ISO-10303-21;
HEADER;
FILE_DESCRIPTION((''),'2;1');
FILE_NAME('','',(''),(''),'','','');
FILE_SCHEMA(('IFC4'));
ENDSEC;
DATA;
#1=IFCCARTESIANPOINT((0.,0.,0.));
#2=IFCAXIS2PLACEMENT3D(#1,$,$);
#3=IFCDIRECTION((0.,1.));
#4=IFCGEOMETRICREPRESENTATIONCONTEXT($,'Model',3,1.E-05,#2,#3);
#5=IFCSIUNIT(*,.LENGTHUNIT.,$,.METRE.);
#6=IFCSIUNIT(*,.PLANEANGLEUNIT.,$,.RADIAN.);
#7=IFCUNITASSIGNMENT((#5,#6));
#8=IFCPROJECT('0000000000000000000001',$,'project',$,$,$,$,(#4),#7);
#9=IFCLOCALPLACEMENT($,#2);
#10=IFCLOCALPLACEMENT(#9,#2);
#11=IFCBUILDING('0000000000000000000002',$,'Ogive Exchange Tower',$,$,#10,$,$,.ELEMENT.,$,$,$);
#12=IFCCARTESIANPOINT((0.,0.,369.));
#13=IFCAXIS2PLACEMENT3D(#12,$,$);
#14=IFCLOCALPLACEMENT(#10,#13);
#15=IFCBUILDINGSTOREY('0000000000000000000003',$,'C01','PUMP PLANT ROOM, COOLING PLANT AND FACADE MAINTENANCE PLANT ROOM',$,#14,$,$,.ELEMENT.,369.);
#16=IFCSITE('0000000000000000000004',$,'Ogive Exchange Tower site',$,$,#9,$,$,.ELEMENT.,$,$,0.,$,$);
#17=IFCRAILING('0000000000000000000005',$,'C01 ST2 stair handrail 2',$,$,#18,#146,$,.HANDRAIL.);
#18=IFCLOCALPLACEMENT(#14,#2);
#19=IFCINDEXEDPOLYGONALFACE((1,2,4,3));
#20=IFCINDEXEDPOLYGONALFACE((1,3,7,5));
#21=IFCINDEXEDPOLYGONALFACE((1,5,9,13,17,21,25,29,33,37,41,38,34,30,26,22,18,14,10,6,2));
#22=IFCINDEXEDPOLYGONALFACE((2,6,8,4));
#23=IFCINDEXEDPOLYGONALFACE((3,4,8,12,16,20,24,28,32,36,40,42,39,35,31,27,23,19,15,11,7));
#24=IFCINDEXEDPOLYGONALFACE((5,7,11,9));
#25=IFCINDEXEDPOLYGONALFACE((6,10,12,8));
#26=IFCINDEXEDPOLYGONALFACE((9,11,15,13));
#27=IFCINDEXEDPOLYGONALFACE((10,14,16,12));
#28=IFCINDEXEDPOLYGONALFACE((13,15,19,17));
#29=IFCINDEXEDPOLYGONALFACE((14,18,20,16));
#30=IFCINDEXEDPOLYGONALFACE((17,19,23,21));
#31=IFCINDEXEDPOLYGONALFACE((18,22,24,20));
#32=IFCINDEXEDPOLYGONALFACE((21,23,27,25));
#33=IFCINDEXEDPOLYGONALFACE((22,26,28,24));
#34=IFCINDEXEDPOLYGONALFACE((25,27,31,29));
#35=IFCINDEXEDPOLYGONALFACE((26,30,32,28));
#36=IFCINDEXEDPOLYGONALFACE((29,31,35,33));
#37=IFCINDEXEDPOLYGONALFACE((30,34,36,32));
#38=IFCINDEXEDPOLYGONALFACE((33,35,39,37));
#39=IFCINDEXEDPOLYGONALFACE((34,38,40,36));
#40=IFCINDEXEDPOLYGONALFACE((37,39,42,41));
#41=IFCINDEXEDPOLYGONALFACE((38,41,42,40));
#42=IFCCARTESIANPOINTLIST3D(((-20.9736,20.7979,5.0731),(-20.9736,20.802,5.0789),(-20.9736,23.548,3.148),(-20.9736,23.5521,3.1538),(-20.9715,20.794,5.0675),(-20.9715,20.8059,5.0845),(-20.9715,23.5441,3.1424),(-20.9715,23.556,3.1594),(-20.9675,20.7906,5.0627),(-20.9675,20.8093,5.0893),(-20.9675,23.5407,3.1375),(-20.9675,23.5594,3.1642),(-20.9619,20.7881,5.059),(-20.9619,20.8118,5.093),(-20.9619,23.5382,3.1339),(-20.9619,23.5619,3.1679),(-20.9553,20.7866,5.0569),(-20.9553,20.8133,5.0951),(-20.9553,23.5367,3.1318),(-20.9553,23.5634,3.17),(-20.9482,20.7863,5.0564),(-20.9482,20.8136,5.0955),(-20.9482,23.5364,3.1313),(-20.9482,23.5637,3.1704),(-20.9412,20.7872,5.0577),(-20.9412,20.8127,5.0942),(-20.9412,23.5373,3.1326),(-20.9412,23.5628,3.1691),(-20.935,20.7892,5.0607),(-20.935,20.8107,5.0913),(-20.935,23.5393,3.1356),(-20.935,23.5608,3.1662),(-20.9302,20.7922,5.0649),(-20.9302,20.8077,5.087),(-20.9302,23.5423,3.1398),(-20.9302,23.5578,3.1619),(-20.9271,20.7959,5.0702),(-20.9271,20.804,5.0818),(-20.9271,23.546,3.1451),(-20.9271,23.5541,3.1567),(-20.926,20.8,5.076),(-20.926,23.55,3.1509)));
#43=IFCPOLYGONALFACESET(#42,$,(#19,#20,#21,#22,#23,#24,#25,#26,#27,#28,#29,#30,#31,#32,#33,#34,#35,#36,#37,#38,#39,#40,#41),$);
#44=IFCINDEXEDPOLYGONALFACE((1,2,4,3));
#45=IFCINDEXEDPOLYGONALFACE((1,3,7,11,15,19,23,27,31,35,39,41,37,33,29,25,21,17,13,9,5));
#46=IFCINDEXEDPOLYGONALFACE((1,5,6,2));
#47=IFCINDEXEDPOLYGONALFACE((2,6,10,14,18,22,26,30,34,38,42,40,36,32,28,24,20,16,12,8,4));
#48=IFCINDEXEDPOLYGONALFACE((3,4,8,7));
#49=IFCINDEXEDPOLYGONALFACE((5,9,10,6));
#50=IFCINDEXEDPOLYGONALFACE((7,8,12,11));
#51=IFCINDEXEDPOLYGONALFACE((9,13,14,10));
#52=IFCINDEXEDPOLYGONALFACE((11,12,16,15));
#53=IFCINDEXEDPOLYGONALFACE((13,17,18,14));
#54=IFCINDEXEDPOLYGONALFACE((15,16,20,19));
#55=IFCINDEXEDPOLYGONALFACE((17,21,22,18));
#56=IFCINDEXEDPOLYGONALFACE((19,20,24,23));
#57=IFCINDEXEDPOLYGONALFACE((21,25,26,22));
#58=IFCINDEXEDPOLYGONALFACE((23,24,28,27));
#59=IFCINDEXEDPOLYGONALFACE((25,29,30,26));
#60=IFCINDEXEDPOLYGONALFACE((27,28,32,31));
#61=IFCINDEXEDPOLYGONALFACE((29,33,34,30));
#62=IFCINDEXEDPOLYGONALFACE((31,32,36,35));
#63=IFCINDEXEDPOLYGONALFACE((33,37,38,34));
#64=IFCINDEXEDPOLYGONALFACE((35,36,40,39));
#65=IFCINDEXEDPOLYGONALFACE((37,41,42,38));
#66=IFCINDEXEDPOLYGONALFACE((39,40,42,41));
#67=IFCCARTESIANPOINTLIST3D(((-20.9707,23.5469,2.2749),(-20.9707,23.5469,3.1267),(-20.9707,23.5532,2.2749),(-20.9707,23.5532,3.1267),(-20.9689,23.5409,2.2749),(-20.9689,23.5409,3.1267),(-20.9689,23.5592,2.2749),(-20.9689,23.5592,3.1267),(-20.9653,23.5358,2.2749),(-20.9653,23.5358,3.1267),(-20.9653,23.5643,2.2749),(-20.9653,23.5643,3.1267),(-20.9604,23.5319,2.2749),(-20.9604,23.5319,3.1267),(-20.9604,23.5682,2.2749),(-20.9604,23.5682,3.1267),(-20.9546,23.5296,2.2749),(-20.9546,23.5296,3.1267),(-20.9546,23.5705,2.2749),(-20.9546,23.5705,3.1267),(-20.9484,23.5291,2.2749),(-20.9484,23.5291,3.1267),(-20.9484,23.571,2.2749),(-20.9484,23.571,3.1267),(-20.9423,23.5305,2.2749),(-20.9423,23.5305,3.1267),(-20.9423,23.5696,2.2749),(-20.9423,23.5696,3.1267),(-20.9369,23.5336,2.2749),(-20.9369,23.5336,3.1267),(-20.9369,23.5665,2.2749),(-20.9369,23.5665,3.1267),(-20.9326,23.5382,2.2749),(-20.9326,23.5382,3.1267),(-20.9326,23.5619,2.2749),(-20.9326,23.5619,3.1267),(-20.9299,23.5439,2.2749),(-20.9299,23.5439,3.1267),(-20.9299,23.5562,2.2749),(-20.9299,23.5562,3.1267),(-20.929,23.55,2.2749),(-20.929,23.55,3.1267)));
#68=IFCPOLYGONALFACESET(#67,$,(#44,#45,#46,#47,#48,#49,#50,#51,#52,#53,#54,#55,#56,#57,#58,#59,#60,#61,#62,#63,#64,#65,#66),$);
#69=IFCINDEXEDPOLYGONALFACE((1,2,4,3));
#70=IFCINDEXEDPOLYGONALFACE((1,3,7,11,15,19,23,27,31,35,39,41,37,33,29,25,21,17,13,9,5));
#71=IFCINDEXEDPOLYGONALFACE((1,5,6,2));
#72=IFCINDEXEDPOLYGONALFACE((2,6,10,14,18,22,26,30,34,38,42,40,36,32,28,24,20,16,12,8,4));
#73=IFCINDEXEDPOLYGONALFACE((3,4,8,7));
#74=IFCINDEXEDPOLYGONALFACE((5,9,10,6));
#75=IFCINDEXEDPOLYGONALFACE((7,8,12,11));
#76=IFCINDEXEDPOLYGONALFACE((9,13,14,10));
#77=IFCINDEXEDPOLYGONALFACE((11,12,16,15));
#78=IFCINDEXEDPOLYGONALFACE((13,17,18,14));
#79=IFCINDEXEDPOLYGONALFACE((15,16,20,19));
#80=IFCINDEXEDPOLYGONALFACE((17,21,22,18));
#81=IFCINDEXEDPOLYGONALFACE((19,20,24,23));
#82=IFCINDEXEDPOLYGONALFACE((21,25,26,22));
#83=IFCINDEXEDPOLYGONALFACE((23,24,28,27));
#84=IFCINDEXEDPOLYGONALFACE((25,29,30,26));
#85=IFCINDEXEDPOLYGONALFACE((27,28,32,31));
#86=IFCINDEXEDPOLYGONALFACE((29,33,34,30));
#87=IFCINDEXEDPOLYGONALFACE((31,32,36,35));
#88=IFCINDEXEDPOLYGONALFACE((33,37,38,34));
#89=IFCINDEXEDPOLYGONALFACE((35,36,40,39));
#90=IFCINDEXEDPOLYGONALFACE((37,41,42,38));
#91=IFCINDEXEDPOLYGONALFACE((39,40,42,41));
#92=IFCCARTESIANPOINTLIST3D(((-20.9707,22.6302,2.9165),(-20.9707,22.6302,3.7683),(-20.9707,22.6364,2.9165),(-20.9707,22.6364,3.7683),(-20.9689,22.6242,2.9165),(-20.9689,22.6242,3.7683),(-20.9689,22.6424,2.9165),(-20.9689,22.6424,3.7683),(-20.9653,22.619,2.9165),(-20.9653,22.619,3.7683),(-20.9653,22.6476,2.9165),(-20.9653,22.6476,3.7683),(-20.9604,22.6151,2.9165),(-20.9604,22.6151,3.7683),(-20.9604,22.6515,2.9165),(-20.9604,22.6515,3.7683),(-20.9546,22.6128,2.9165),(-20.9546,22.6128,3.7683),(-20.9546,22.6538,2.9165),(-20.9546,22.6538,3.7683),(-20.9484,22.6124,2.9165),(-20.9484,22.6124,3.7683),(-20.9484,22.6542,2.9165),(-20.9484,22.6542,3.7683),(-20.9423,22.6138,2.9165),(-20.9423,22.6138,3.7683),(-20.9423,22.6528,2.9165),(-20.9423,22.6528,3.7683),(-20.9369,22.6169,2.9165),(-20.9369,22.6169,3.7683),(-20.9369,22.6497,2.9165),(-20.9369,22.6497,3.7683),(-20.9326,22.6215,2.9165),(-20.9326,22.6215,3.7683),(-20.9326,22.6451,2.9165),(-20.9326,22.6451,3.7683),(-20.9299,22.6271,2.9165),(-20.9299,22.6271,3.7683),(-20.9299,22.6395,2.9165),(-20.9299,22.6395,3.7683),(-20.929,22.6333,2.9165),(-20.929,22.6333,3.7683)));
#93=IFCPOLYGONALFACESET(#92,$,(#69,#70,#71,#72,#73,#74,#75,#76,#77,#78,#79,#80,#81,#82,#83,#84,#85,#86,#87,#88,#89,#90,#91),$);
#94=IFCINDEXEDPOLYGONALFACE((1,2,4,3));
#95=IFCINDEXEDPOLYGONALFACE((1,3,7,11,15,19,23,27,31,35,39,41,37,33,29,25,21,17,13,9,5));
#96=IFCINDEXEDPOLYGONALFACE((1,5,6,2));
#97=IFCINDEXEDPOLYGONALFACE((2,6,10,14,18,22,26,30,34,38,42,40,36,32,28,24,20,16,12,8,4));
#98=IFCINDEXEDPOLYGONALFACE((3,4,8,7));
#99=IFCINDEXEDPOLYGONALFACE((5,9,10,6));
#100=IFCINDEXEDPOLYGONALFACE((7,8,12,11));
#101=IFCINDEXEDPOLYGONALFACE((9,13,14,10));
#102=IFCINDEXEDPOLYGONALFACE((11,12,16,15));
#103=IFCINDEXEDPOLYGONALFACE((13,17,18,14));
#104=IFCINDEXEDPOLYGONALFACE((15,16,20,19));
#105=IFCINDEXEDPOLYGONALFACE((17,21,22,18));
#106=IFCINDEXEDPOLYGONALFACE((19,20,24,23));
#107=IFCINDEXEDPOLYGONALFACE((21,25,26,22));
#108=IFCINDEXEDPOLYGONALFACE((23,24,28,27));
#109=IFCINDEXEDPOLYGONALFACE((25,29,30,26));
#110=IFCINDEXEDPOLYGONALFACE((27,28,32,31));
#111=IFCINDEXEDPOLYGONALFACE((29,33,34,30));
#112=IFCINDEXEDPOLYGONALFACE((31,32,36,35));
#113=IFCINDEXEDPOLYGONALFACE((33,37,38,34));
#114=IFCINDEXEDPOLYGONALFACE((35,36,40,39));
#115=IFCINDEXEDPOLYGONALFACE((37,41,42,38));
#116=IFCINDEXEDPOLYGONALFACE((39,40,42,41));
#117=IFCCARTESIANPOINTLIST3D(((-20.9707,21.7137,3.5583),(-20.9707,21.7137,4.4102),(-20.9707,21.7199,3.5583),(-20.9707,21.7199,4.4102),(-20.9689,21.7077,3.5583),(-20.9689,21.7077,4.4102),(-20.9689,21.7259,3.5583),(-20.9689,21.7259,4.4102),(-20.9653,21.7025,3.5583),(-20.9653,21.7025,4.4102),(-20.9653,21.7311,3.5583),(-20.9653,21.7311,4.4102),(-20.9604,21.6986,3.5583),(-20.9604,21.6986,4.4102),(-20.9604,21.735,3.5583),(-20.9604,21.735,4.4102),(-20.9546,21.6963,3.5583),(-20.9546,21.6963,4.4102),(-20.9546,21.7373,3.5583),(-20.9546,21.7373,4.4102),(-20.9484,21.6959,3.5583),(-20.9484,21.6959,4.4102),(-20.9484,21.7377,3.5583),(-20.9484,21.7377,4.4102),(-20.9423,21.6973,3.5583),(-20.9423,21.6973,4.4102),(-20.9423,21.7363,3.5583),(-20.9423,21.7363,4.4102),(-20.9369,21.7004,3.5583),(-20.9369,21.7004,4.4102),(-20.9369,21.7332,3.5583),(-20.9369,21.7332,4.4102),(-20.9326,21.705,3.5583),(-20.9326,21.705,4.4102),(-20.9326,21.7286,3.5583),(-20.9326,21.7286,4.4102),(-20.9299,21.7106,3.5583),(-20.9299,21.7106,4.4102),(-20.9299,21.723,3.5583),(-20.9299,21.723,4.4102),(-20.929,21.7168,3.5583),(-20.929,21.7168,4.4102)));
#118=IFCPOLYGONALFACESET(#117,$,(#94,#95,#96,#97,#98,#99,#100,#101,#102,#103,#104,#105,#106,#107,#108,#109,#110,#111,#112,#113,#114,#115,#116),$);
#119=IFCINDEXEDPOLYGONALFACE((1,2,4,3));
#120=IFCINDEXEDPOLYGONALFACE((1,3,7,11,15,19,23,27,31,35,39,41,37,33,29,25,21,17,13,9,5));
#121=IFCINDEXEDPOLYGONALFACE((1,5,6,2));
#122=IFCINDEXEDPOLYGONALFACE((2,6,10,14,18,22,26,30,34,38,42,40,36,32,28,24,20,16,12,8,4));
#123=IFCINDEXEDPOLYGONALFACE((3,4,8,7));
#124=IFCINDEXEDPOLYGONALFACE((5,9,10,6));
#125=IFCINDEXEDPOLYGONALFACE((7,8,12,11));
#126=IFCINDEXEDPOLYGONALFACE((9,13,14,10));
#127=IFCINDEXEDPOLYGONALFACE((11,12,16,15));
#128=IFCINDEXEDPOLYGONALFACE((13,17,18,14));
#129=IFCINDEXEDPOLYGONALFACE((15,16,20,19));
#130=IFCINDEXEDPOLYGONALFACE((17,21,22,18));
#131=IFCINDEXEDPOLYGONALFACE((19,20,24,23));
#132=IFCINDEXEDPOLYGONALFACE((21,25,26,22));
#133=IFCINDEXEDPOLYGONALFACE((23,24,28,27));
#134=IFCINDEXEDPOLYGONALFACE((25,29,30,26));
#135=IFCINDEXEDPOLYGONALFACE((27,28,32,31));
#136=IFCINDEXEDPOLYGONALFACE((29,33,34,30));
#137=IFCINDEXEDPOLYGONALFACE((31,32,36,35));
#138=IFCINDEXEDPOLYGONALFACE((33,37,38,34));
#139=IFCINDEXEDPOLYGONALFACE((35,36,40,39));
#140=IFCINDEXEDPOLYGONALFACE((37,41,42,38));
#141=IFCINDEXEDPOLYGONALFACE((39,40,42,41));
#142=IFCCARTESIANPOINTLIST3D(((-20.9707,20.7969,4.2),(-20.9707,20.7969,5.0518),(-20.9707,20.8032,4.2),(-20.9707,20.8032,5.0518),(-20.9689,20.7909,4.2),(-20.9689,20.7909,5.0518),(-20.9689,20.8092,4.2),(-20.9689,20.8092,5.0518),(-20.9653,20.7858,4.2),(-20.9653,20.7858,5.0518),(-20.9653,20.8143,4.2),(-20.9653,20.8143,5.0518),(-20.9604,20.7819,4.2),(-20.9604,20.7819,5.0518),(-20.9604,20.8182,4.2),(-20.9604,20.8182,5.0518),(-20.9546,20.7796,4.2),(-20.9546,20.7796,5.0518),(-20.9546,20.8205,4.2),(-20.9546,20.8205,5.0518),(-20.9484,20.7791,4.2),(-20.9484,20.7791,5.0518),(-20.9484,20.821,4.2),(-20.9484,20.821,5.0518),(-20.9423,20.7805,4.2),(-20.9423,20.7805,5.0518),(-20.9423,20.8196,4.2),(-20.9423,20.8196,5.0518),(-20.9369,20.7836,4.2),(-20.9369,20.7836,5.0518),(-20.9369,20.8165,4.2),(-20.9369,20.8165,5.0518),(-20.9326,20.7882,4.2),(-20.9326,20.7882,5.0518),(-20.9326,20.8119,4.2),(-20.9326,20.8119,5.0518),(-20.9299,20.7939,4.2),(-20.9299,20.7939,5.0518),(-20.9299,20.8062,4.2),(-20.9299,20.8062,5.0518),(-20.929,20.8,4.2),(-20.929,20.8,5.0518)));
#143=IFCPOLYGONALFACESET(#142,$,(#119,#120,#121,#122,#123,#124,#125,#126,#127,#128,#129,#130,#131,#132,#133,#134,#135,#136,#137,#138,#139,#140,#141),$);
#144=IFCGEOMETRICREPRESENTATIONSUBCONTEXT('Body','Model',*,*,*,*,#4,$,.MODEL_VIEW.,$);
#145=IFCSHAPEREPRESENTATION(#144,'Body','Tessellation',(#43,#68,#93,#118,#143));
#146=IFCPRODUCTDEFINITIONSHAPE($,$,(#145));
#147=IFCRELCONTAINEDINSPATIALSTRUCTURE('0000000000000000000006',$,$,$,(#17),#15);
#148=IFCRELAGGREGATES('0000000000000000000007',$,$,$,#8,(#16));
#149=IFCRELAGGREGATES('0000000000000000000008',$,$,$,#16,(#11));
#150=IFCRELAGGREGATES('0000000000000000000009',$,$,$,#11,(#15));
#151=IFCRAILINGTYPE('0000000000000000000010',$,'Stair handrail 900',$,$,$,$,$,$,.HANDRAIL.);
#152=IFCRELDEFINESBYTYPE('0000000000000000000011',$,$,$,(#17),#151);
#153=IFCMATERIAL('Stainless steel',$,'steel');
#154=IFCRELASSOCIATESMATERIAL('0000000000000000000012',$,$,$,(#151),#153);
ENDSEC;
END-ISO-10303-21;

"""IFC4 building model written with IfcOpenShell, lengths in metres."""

from ifc_helpers import new_model, si_unit, direction, frame, origin, origin_2d, place, context, subcontext, project, spatial, circle, extrude, material, type_object, element, save


model = new_model("IFC4")

# Units and contexts
model_context = context("Model", 3, precision=1e-05, world=origin(), true_north=direction((0.0, 1.0)))
body_context = subcontext(model_context, "Body", "Model", "MODEL_VIEW")
ifc_project = project(units=[si_unit("LENGTHUNIT", "METRE"), si_unit("PLANEANGLEUNIT", "RADIAN")], contexts=[model_context])

# Site, building, storey
site_placement = place(None, origin())
site = spatial("IfcSite", under=ifc_project, at=site_placement, Name="Ogive Exchange Tower site", CompositionType="ELEMENT", RefElevation=0.0)
building_placement = place(site_placement, origin())
building = spatial("IfcBuilding", under=site, at=building_placement, Name="Ogive Exchange Tower", CompositionType="ELEMENT")
storey_placement = place(building_placement, frame((0.0, 0.0, 369.0)))
storey = spatial("IfcBuildingStorey", under=building, at=storey_placement, Name="C01", Description="PUMP PLANT ROOM, COOLING PLANT AND FACADE MAINTENANCE PLANT ROOM", CompositionType="ELEMENT", Elevation=369.0)

# Railing
ifc_material_1 = material(Name="Stainless steel", Category="steel")
railing_type = type_object("IfcRailingType", Name="Stair handrail 900", PredefinedType="HANDRAIL", material=ifc_material_1)
railing_placement = place(storey_placement, frame((-20.95, 23.55, 2.2749)))
element("IfcRailing", 1, at=railing_placement, inside=storey, type_object=railing_type, Name="C01 ST2 stair handrail 2", PredefinedType="HANDRAIL", context=body_context, shape_type="SweptSolid", body=[
    extrude(circle(Radius=0.0239, at=origin_2d()), frame((0.0, 0.0, 0.876), z_axis=(0.0, -0.819225, 0.573472), x_axis=(1.0, 0.0, 0.0)), (0.0, 0.0, 1.0), 3.3569),
    extrude(circle(Radius=0.021, at=origin_2d()), origin(), (0.0, 0.0, 1.0), 0.8518),
    extrude(circle(Radius=0.021, at=origin_2d()), frame((0.0, -0.9167, 0.6416)), (0.0, 0.0, 1.0), 0.8518),
    extrude(circle(Radius=0.021, at=origin_2d()), frame((0.0, -1.8333, 1.2834)), (0.0, 0.0, 1.0), 0.8518),
    extrude(circle(Radius=0.021, at=origin_2d()), frame((0.0, -2.75, 1.925)), (0.0, 0.0, 1.0), 0.8518),
])

save(model, "model.ifc")
